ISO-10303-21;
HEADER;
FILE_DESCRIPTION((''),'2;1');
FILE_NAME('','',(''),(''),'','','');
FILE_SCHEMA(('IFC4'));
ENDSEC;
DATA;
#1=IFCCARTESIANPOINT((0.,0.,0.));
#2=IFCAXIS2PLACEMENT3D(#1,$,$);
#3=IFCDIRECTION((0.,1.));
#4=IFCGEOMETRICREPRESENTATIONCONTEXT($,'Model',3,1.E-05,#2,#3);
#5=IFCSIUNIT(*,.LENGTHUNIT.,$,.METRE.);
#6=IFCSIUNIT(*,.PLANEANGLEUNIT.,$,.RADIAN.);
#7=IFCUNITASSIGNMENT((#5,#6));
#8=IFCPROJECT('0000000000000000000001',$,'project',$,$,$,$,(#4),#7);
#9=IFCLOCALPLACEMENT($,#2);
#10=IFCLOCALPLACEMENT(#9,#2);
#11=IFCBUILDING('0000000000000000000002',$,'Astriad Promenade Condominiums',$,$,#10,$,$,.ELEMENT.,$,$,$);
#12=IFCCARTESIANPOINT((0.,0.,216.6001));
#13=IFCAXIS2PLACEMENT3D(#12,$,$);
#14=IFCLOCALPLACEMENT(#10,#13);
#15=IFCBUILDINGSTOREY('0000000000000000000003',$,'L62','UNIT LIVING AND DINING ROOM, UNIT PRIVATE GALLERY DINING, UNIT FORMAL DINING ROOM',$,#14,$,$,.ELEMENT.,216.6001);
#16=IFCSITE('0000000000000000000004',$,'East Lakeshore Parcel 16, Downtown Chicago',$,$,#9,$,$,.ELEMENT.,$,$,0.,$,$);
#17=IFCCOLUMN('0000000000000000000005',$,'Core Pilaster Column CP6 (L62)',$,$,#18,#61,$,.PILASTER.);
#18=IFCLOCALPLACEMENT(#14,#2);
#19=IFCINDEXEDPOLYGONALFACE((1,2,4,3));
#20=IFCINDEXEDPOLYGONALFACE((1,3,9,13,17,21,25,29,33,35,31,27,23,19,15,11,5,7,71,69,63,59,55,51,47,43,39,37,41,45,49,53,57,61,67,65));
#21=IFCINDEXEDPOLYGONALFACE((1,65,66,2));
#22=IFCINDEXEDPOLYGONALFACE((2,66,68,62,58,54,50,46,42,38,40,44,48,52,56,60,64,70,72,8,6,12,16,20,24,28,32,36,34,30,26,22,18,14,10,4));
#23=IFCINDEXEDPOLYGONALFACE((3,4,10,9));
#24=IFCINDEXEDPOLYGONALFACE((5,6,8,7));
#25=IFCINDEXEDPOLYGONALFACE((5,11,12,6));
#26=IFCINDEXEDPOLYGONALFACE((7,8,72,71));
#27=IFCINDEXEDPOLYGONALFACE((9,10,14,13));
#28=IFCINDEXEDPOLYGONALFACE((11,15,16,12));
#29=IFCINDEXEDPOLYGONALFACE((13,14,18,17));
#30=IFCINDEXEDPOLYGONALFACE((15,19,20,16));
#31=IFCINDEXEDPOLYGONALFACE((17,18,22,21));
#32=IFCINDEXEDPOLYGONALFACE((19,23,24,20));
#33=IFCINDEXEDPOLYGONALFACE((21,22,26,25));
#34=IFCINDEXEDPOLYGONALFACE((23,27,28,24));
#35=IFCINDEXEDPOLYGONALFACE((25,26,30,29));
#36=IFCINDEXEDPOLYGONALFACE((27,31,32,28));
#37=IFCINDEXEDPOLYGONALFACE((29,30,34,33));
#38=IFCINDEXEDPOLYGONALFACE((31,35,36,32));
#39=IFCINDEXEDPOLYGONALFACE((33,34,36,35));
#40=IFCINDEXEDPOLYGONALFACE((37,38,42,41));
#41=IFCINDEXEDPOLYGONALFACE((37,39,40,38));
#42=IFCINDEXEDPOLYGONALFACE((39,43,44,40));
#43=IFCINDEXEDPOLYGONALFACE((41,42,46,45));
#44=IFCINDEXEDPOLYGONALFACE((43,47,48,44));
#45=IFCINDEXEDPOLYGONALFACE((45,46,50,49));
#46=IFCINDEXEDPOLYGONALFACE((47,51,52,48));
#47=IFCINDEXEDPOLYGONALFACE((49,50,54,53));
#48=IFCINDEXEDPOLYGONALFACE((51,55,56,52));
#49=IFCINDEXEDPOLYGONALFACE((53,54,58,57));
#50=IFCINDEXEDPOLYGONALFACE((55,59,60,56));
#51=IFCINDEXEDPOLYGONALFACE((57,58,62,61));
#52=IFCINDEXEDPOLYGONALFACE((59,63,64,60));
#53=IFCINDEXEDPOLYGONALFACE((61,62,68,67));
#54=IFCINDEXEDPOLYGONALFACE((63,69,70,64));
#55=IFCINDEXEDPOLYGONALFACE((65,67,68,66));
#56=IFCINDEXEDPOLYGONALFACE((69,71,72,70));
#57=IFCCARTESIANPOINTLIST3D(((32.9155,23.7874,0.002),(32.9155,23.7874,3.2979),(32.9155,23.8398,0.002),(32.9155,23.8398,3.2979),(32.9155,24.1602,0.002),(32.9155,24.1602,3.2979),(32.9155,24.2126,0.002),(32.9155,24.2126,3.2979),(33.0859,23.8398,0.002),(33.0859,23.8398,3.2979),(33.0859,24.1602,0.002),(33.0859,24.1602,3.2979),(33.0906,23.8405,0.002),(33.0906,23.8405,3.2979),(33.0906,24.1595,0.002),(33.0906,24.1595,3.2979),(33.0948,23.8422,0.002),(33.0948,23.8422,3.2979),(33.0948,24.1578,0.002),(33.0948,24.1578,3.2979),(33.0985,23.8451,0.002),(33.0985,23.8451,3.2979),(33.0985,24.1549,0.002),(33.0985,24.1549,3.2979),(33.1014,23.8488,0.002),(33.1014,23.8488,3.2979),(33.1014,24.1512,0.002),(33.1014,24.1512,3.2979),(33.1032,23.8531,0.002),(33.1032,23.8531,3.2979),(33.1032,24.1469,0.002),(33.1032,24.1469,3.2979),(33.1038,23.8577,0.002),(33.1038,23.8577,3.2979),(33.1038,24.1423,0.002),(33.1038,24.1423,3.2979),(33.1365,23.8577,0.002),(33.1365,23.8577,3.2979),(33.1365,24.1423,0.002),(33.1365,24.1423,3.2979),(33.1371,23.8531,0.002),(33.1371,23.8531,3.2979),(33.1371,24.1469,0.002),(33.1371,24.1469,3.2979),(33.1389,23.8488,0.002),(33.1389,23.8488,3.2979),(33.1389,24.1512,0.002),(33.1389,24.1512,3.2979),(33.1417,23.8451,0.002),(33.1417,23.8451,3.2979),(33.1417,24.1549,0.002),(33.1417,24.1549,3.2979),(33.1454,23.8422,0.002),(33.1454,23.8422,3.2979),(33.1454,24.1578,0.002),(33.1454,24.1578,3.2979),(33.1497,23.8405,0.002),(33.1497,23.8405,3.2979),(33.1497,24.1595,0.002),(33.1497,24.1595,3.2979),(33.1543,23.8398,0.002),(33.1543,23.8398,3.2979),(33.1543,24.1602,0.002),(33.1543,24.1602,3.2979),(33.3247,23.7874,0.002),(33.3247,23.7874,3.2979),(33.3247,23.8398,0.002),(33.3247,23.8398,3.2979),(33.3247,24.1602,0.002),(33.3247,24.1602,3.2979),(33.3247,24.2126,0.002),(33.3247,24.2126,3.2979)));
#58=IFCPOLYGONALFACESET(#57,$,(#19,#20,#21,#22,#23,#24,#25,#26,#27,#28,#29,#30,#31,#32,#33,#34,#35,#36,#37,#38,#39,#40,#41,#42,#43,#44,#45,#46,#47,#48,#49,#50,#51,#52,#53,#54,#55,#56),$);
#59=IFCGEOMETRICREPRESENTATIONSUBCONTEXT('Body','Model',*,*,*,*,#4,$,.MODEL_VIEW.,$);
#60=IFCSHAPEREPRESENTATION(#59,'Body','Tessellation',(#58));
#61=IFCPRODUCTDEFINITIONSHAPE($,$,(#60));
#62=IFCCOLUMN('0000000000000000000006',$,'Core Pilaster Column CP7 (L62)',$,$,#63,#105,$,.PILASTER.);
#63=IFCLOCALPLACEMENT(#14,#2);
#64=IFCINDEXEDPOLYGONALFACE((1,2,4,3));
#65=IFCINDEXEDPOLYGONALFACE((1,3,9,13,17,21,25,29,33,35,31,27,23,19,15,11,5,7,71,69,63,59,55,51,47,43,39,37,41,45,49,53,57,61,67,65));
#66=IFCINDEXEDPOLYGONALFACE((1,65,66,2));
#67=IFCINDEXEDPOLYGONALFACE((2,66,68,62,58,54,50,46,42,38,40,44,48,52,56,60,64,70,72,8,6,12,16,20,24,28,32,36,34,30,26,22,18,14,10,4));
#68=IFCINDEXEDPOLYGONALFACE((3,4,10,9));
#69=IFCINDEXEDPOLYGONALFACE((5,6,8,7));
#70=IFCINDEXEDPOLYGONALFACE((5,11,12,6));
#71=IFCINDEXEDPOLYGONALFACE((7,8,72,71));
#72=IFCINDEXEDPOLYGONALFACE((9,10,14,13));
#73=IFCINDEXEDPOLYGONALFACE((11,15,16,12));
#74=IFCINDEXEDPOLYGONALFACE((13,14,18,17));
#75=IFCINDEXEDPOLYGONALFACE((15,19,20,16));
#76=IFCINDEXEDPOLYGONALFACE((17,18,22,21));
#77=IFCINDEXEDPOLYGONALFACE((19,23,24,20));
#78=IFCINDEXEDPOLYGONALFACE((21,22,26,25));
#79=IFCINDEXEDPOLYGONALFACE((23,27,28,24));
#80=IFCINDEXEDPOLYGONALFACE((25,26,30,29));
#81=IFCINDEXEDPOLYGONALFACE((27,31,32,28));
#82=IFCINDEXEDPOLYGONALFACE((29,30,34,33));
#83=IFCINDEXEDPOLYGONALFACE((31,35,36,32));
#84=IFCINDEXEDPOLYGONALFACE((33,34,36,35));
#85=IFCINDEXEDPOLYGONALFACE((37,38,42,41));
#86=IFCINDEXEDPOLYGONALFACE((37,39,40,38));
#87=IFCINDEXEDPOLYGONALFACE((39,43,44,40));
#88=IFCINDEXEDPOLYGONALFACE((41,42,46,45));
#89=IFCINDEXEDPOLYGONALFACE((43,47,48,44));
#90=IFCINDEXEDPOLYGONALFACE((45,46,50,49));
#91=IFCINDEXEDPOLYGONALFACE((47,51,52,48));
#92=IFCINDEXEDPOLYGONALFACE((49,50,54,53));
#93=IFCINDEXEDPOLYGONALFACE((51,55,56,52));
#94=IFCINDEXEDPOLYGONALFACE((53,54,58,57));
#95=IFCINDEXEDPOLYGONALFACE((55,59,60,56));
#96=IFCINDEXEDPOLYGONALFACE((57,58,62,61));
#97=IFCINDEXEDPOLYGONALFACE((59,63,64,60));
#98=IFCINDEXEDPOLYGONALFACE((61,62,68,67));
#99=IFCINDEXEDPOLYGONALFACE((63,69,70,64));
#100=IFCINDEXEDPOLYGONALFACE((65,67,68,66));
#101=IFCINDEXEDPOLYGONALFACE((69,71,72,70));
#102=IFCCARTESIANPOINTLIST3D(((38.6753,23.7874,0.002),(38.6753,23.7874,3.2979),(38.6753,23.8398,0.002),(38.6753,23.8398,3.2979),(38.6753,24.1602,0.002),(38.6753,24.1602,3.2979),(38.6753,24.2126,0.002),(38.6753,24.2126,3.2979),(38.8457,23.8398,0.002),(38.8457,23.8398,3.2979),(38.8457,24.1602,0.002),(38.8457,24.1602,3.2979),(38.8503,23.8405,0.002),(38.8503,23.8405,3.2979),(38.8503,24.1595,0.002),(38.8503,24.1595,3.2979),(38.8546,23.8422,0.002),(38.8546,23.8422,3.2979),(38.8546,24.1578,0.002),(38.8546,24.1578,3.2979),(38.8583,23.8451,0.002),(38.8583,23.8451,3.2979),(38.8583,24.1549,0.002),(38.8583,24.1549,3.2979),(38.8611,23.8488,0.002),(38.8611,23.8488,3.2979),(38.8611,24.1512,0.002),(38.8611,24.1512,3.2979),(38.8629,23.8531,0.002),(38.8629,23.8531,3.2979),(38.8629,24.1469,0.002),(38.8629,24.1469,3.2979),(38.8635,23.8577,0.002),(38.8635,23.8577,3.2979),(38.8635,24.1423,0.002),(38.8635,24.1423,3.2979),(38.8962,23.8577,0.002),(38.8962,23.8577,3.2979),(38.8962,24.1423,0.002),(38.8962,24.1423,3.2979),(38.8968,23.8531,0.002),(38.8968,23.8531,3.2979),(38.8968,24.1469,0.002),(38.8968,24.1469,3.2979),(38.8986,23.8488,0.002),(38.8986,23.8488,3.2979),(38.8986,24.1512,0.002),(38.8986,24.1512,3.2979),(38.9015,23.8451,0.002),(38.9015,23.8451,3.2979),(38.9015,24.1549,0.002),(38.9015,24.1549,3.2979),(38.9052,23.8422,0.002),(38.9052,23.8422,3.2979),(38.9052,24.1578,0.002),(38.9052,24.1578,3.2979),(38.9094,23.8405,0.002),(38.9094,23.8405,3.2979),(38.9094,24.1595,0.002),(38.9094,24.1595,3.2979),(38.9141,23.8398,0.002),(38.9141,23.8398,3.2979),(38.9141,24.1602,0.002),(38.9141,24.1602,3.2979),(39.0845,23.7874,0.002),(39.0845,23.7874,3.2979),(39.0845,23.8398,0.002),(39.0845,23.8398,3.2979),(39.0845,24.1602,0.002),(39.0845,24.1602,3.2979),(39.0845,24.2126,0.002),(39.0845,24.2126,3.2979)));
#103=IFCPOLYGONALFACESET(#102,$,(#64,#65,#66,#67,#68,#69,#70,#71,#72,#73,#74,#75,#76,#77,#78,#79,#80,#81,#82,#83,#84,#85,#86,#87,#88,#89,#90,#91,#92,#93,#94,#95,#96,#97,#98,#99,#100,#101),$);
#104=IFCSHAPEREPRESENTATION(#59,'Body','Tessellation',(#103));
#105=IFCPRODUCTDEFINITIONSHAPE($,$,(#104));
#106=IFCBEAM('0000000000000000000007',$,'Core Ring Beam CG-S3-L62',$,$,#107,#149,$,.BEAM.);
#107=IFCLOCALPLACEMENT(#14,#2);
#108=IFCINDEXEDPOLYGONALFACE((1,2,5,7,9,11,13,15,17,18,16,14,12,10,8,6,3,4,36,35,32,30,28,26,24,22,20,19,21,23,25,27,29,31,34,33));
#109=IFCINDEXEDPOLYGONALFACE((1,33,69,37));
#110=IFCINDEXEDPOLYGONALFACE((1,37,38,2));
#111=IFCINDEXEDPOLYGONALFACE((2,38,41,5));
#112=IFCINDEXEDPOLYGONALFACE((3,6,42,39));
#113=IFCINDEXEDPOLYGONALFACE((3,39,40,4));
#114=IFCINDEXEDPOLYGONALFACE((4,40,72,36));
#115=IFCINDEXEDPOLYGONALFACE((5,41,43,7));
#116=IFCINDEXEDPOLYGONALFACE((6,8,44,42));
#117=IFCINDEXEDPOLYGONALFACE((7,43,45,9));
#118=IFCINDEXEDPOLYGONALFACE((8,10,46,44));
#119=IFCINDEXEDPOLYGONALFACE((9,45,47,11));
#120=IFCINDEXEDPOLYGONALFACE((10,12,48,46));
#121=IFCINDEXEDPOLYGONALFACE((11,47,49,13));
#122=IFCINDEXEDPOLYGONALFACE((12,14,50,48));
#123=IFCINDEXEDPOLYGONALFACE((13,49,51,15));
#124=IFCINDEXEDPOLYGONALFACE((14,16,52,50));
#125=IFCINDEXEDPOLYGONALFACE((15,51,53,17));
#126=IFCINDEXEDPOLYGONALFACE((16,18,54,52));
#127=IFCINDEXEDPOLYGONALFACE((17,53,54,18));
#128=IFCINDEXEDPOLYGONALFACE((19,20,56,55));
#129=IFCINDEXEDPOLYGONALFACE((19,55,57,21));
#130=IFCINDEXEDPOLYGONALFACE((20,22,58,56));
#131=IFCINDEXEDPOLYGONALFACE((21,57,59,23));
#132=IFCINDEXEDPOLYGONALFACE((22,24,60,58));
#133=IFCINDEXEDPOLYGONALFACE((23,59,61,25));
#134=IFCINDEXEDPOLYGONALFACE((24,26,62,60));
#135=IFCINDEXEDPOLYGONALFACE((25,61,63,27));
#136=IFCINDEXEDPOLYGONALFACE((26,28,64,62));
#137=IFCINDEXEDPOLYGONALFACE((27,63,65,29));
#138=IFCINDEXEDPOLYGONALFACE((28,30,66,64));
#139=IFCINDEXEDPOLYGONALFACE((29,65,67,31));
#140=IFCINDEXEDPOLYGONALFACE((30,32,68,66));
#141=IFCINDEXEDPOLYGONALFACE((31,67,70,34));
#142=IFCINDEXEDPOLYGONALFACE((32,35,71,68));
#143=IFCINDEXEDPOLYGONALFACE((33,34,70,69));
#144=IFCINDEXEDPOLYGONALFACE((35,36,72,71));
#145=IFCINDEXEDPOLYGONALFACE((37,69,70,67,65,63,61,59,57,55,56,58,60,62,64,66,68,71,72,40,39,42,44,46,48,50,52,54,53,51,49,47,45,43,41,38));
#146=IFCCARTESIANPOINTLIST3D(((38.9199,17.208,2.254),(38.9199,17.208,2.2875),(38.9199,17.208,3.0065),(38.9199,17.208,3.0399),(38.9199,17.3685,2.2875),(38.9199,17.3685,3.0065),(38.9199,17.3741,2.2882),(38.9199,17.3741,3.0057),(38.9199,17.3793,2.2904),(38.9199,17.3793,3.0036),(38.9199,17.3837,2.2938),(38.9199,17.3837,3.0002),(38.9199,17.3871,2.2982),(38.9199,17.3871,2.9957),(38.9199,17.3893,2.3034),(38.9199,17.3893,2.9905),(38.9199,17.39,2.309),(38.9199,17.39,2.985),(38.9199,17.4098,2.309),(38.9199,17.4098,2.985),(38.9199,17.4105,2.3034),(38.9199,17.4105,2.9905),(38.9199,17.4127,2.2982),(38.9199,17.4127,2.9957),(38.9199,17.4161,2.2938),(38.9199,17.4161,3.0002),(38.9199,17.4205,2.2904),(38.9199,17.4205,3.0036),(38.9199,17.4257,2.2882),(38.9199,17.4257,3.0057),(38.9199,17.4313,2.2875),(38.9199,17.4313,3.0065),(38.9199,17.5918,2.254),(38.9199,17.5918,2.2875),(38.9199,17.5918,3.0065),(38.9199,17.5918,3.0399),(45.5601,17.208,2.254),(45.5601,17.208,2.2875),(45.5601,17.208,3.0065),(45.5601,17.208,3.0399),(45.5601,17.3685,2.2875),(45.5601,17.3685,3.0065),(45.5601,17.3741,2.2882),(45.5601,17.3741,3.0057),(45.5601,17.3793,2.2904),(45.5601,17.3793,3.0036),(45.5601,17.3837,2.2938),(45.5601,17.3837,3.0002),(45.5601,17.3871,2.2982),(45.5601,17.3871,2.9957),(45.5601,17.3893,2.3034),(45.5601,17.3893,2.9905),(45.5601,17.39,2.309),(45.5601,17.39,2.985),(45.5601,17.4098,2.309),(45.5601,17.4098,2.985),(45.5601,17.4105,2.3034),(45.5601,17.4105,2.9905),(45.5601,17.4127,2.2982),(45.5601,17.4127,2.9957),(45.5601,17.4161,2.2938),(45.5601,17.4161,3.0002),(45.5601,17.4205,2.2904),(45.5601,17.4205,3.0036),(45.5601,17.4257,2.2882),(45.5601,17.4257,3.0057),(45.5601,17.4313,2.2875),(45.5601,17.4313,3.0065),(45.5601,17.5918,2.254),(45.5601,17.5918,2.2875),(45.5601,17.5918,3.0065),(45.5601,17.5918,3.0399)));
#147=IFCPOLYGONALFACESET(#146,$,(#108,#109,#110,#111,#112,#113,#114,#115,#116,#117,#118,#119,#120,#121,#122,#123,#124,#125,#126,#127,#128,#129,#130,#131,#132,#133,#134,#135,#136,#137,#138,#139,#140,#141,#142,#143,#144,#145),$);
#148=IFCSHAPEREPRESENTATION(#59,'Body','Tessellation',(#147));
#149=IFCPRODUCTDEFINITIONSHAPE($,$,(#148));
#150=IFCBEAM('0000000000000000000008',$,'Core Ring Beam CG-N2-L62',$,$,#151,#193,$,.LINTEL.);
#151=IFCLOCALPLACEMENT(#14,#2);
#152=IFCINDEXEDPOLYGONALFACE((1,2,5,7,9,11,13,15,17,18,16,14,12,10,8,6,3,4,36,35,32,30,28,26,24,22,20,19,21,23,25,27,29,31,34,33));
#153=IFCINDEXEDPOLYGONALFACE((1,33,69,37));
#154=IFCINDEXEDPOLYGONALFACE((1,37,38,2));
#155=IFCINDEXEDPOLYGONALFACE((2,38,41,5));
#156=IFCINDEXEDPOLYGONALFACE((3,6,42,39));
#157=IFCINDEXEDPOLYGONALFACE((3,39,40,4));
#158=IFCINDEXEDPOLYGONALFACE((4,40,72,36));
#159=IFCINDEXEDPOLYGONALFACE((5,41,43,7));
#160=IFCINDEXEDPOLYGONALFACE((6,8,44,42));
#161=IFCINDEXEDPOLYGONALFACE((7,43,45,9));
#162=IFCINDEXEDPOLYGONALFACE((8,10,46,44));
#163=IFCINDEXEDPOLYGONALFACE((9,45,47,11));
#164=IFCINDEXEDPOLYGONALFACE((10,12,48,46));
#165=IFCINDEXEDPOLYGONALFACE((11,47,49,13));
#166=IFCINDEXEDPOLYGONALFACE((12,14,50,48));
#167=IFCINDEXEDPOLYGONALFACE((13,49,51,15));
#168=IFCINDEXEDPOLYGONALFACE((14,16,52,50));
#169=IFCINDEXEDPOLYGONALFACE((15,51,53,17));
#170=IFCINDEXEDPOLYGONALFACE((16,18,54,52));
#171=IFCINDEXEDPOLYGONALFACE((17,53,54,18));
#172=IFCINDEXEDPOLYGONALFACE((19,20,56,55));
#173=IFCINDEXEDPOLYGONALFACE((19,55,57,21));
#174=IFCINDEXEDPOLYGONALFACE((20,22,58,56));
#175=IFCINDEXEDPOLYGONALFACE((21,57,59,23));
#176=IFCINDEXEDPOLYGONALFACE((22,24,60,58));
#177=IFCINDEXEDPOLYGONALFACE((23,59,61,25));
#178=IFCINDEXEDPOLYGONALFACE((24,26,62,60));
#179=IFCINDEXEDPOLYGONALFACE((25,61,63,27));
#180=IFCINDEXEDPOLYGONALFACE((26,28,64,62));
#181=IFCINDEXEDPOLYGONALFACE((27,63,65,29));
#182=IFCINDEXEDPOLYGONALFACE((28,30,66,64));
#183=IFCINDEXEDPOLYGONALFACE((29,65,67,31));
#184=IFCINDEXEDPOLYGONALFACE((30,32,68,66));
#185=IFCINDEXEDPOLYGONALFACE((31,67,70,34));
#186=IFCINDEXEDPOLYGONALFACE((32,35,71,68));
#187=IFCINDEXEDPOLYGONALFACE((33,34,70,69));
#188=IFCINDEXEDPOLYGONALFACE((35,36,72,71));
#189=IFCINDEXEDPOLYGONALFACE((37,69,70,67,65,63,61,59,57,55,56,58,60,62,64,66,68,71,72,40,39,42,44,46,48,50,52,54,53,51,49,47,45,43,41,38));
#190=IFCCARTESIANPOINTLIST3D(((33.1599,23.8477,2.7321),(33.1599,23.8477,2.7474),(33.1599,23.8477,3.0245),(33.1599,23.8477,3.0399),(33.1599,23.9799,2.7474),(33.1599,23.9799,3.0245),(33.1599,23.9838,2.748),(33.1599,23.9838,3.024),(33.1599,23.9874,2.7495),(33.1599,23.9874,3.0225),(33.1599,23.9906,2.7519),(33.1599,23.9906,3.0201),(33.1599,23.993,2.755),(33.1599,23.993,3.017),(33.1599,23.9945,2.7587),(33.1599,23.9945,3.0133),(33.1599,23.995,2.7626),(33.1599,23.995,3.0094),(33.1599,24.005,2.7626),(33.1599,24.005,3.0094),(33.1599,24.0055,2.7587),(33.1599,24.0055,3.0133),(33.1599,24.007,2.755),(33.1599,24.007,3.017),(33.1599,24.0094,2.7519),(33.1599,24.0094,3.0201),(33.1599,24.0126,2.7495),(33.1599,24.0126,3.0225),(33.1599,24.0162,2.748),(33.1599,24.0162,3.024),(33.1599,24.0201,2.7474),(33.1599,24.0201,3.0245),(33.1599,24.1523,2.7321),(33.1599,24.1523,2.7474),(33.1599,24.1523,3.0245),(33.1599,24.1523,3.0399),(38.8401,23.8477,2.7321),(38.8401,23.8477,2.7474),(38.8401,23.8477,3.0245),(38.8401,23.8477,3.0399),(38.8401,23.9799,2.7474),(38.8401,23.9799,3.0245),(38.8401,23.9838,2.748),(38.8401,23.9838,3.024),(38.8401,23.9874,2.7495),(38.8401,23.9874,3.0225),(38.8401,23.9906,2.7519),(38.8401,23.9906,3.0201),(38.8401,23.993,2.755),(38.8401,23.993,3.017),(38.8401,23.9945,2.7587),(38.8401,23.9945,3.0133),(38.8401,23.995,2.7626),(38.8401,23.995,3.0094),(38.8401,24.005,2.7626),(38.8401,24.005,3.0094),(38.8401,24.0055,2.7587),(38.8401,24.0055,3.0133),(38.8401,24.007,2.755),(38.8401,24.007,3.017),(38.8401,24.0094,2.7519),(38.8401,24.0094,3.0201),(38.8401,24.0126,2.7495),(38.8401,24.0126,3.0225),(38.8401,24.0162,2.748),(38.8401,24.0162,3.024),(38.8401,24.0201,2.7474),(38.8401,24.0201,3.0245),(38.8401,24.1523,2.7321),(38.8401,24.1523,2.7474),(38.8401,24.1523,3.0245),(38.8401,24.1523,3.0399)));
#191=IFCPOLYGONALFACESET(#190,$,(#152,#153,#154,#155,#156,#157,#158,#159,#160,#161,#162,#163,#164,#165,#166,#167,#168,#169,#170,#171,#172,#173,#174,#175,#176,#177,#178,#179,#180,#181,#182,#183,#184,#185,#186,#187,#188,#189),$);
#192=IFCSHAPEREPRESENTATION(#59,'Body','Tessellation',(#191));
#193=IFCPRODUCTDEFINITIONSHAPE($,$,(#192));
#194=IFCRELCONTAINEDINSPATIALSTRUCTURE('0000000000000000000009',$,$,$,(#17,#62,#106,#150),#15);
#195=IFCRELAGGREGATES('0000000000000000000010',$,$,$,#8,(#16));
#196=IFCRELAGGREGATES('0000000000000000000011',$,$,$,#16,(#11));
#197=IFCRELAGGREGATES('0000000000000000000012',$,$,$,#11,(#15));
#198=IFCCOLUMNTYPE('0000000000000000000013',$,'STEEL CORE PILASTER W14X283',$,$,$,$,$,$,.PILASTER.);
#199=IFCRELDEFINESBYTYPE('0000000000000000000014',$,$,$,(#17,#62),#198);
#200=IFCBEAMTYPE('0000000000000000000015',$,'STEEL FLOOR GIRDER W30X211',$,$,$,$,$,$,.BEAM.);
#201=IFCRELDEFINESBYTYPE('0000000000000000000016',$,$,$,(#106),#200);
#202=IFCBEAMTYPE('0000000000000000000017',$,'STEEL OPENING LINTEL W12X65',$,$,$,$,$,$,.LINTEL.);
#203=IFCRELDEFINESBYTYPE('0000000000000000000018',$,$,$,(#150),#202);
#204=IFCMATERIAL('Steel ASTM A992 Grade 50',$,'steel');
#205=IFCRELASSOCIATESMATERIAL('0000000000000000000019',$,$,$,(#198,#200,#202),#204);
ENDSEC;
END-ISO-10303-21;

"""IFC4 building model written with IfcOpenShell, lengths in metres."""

from ifc_helpers import new_model, si_unit, direction, frame, origin, origin_2d, place, context, subcontext, project, spatial, i_section, extrude, source, transform, mapped, material, material_profile, profile_set, type_object, type_shapes, element, save


model = new_model("IFC4")

# Units and contexts
model_context = context("Model", 3, precision=1e-05, world=origin(), true_north=direction((0.0, 1.0)))
body_context = subcontext(model_context, "Body", "Model", "MODEL_VIEW")
ifc_project = project(units=[si_unit("LENGTHUNIT", "METRE"), si_unit("PLANEANGLEUNIT", "RADIAN")], contexts=[model_context])

# Site, building, storey
site_placement = place(None, origin())
site = spatial("IfcSite", under=ifc_project, at=site_placement, Name="East Lakeshore Parcel 16, Downtown Chicago", CompositionType="ELEMENT", RefElevation=0.0)
building_placement = place(site_placement, origin())
building = spatial("IfcBuilding", under=site, at=building_placement, Name="Astriad Promenade Condominiums", CompositionType="ELEMENT")
storey_placement = place(building_placement, frame((0.0, 0.0, 216.6001)))
storey = spatial("IfcBuildingStorey", under=building, at=storey_placement, Name="L62", Description="UNIT LIVING AND DINING ROOM, UNIT PRIVATE GALLERY DINING, UNIT FORMAL DINING ROOM", CompositionType="ELEMENT", Elevation=216.6001)

# Columns
ifc_material_1 = material(Name="Steel ASTM A992 Grade 50", Category="steel")
ifc_material_profile_1 = material_profile(ifc_material_1, i_section(OverallWidth=0.4092, OverallDepth=0.4253, WebThickness=0.0327, FlangeThickness=0.0525, FilletRadius=0.0178, at=origin_2d()), Name="W14X283")
ifc_profile_set_1 = profile_set([ifc_material_profile_1], Name="Steel ASTM A992 Grade 50")
column_type = type_object("IfcColumnType", Name="STEEL CORE PILASTER W14X283", PredefinedType="PILASTER", material=ifc_profile_set_1)
shared_shape_1 = source(origin(), body_context, "Body", "SweptSolid", [
    extrude(i_section(OverallWidth=0.4092, OverallDepth=0.4253, WebThickness=0.0327, FlangeThickness=0.0525, FilletRadius=0.0178, at=origin_2d()), origin(), (0.0, 0.0, 1.0), 3.2959),
])
type_shapes(column_type, [shared_shape_1])
for number, where, z_axis, x_axis, name in (
    (1, (33.1201, 24.0, 0.002), (0.0, 0.0, 1.0), (1.0, 0.0, 0.0), "Core Pilaster Column CP6 (L62)"),
    (2, (38.8799, 24.0, 0.002), (0.0, 0.0, 1.0), (1.0, 0.0, 0.0), "Core Pilaster Column CP7 (L62)"),
):
    element("IfcColumn", number, at=place(storey_placement, frame(where, z_axis=z_axis, x_axis=x_axis)), inside=storey, type_object=column_type, Name=name, PredefinedType="PILASTER", context=body_context, shape_type="MappedRepresentation", body=[
        mapped(shared_shape_1, transform((0.0, 0.0, 0.0), scale=1.0)),
    ])

# Beams
ifc_material_profile_2 = material_profile(ifc_material_1, i_section(OverallWidth=0.3838, OverallDepth=0.7859, WebThickness=0.0198, FlangeThickness=0.0334, FilletRadius=0.0215, at=origin_2d()), Name="W30X211")
ifc_profile_set_2 = profile_set([ifc_material_profile_2], Name="Steel ASTM A992 Grade 50")
beam_type_1 = type_object("IfcBeamType", Name="STEEL FLOOR GIRDER W30X211", PredefinedType="BEAM", material=ifc_profile_set_2)
shared_shape_2 = source(origin(), body_context, "Body", "SweptSolid", [
    extrude(i_section(OverallWidth=0.3838, OverallDepth=0.7859, WebThickness=0.0198, FlangeThickness=0.0334, FilletRadius=0.0215, at=origin_2d()), origin(), (0.0, 0.0, 1.0), 6.6401),
])
type_shapes(beam_type_1, [shared_shape_2])
beam_1_placement = place(storey_placement, frame((38.9199, 17.3999, 2.647), z_axis=(1.0, 0.0, 0.0), x_axis=(0.0, 1.0, 0.0)))
element("IfcBeam", 3, at=beam_1_placement, inside=storey, type_object=beam_type_1, Name="Core Ring Beam CG-S3-L62", PredefinedType="BEAM", context=body_context, shape_type="MappedRepresentation", body=[
    mapped(shared_shape_2, transform((0.0, 0.0, 0.0), scale=1.0)),
])
ifc_material_profile_3 = material_profile(ifc_material_1, i_section(OverallWidth=0.3047, OverallDepth=0.3079, WebThickness=0.01, FlangeThickness=0.0154, FilletRadius=0.0151, at=origin_2d()), Name="W12X65")
ifc_profile_set_3 = profile_set([ifc_material_profile_3], Name="Steel ASTM A992 Grade 50")
beam_type_2 = type_object("IfcBeamType", Name="STEEL OPENING LINTEL W12X65", PredefinedType="LINTEL", material=ifc_profile_set_3)
shared_shape_3 = source(origin(), body_context, "Body", "SweptSolid", [
    extrude(i_section(OverallWidth=0.3047, OverallDepth=0.3079, WebThickness=0.01, FlangeThickness=0.0154, FilletRadius=0.0151, at=origin_2d()), origin(), (0.0, 0.0, 1.0), 5.6802),
])
type_shapes(beam_type_2, [shared_shape_3])
beam_2_placement = place(storey_placement, frame((33.1599, 24.0, 2.886), z_axis=(1.0, 0.0, 0.0), x_axis=(0.0, 1.0, 0.0)))
element("IfcBeam", 4, at=beam_2_placement, inside=storey, type_object=beam_type_2, Name="Core Ring Beam CG-N2-L62", PredefinedType="LINTEL", context=body_context, shape_type="MappedRepresentation", body=[
    mapped(shared_shape_3, transform((0.0, 0.0, 0.0), scale=1.0)),
])

save(model, "model.ifc")
